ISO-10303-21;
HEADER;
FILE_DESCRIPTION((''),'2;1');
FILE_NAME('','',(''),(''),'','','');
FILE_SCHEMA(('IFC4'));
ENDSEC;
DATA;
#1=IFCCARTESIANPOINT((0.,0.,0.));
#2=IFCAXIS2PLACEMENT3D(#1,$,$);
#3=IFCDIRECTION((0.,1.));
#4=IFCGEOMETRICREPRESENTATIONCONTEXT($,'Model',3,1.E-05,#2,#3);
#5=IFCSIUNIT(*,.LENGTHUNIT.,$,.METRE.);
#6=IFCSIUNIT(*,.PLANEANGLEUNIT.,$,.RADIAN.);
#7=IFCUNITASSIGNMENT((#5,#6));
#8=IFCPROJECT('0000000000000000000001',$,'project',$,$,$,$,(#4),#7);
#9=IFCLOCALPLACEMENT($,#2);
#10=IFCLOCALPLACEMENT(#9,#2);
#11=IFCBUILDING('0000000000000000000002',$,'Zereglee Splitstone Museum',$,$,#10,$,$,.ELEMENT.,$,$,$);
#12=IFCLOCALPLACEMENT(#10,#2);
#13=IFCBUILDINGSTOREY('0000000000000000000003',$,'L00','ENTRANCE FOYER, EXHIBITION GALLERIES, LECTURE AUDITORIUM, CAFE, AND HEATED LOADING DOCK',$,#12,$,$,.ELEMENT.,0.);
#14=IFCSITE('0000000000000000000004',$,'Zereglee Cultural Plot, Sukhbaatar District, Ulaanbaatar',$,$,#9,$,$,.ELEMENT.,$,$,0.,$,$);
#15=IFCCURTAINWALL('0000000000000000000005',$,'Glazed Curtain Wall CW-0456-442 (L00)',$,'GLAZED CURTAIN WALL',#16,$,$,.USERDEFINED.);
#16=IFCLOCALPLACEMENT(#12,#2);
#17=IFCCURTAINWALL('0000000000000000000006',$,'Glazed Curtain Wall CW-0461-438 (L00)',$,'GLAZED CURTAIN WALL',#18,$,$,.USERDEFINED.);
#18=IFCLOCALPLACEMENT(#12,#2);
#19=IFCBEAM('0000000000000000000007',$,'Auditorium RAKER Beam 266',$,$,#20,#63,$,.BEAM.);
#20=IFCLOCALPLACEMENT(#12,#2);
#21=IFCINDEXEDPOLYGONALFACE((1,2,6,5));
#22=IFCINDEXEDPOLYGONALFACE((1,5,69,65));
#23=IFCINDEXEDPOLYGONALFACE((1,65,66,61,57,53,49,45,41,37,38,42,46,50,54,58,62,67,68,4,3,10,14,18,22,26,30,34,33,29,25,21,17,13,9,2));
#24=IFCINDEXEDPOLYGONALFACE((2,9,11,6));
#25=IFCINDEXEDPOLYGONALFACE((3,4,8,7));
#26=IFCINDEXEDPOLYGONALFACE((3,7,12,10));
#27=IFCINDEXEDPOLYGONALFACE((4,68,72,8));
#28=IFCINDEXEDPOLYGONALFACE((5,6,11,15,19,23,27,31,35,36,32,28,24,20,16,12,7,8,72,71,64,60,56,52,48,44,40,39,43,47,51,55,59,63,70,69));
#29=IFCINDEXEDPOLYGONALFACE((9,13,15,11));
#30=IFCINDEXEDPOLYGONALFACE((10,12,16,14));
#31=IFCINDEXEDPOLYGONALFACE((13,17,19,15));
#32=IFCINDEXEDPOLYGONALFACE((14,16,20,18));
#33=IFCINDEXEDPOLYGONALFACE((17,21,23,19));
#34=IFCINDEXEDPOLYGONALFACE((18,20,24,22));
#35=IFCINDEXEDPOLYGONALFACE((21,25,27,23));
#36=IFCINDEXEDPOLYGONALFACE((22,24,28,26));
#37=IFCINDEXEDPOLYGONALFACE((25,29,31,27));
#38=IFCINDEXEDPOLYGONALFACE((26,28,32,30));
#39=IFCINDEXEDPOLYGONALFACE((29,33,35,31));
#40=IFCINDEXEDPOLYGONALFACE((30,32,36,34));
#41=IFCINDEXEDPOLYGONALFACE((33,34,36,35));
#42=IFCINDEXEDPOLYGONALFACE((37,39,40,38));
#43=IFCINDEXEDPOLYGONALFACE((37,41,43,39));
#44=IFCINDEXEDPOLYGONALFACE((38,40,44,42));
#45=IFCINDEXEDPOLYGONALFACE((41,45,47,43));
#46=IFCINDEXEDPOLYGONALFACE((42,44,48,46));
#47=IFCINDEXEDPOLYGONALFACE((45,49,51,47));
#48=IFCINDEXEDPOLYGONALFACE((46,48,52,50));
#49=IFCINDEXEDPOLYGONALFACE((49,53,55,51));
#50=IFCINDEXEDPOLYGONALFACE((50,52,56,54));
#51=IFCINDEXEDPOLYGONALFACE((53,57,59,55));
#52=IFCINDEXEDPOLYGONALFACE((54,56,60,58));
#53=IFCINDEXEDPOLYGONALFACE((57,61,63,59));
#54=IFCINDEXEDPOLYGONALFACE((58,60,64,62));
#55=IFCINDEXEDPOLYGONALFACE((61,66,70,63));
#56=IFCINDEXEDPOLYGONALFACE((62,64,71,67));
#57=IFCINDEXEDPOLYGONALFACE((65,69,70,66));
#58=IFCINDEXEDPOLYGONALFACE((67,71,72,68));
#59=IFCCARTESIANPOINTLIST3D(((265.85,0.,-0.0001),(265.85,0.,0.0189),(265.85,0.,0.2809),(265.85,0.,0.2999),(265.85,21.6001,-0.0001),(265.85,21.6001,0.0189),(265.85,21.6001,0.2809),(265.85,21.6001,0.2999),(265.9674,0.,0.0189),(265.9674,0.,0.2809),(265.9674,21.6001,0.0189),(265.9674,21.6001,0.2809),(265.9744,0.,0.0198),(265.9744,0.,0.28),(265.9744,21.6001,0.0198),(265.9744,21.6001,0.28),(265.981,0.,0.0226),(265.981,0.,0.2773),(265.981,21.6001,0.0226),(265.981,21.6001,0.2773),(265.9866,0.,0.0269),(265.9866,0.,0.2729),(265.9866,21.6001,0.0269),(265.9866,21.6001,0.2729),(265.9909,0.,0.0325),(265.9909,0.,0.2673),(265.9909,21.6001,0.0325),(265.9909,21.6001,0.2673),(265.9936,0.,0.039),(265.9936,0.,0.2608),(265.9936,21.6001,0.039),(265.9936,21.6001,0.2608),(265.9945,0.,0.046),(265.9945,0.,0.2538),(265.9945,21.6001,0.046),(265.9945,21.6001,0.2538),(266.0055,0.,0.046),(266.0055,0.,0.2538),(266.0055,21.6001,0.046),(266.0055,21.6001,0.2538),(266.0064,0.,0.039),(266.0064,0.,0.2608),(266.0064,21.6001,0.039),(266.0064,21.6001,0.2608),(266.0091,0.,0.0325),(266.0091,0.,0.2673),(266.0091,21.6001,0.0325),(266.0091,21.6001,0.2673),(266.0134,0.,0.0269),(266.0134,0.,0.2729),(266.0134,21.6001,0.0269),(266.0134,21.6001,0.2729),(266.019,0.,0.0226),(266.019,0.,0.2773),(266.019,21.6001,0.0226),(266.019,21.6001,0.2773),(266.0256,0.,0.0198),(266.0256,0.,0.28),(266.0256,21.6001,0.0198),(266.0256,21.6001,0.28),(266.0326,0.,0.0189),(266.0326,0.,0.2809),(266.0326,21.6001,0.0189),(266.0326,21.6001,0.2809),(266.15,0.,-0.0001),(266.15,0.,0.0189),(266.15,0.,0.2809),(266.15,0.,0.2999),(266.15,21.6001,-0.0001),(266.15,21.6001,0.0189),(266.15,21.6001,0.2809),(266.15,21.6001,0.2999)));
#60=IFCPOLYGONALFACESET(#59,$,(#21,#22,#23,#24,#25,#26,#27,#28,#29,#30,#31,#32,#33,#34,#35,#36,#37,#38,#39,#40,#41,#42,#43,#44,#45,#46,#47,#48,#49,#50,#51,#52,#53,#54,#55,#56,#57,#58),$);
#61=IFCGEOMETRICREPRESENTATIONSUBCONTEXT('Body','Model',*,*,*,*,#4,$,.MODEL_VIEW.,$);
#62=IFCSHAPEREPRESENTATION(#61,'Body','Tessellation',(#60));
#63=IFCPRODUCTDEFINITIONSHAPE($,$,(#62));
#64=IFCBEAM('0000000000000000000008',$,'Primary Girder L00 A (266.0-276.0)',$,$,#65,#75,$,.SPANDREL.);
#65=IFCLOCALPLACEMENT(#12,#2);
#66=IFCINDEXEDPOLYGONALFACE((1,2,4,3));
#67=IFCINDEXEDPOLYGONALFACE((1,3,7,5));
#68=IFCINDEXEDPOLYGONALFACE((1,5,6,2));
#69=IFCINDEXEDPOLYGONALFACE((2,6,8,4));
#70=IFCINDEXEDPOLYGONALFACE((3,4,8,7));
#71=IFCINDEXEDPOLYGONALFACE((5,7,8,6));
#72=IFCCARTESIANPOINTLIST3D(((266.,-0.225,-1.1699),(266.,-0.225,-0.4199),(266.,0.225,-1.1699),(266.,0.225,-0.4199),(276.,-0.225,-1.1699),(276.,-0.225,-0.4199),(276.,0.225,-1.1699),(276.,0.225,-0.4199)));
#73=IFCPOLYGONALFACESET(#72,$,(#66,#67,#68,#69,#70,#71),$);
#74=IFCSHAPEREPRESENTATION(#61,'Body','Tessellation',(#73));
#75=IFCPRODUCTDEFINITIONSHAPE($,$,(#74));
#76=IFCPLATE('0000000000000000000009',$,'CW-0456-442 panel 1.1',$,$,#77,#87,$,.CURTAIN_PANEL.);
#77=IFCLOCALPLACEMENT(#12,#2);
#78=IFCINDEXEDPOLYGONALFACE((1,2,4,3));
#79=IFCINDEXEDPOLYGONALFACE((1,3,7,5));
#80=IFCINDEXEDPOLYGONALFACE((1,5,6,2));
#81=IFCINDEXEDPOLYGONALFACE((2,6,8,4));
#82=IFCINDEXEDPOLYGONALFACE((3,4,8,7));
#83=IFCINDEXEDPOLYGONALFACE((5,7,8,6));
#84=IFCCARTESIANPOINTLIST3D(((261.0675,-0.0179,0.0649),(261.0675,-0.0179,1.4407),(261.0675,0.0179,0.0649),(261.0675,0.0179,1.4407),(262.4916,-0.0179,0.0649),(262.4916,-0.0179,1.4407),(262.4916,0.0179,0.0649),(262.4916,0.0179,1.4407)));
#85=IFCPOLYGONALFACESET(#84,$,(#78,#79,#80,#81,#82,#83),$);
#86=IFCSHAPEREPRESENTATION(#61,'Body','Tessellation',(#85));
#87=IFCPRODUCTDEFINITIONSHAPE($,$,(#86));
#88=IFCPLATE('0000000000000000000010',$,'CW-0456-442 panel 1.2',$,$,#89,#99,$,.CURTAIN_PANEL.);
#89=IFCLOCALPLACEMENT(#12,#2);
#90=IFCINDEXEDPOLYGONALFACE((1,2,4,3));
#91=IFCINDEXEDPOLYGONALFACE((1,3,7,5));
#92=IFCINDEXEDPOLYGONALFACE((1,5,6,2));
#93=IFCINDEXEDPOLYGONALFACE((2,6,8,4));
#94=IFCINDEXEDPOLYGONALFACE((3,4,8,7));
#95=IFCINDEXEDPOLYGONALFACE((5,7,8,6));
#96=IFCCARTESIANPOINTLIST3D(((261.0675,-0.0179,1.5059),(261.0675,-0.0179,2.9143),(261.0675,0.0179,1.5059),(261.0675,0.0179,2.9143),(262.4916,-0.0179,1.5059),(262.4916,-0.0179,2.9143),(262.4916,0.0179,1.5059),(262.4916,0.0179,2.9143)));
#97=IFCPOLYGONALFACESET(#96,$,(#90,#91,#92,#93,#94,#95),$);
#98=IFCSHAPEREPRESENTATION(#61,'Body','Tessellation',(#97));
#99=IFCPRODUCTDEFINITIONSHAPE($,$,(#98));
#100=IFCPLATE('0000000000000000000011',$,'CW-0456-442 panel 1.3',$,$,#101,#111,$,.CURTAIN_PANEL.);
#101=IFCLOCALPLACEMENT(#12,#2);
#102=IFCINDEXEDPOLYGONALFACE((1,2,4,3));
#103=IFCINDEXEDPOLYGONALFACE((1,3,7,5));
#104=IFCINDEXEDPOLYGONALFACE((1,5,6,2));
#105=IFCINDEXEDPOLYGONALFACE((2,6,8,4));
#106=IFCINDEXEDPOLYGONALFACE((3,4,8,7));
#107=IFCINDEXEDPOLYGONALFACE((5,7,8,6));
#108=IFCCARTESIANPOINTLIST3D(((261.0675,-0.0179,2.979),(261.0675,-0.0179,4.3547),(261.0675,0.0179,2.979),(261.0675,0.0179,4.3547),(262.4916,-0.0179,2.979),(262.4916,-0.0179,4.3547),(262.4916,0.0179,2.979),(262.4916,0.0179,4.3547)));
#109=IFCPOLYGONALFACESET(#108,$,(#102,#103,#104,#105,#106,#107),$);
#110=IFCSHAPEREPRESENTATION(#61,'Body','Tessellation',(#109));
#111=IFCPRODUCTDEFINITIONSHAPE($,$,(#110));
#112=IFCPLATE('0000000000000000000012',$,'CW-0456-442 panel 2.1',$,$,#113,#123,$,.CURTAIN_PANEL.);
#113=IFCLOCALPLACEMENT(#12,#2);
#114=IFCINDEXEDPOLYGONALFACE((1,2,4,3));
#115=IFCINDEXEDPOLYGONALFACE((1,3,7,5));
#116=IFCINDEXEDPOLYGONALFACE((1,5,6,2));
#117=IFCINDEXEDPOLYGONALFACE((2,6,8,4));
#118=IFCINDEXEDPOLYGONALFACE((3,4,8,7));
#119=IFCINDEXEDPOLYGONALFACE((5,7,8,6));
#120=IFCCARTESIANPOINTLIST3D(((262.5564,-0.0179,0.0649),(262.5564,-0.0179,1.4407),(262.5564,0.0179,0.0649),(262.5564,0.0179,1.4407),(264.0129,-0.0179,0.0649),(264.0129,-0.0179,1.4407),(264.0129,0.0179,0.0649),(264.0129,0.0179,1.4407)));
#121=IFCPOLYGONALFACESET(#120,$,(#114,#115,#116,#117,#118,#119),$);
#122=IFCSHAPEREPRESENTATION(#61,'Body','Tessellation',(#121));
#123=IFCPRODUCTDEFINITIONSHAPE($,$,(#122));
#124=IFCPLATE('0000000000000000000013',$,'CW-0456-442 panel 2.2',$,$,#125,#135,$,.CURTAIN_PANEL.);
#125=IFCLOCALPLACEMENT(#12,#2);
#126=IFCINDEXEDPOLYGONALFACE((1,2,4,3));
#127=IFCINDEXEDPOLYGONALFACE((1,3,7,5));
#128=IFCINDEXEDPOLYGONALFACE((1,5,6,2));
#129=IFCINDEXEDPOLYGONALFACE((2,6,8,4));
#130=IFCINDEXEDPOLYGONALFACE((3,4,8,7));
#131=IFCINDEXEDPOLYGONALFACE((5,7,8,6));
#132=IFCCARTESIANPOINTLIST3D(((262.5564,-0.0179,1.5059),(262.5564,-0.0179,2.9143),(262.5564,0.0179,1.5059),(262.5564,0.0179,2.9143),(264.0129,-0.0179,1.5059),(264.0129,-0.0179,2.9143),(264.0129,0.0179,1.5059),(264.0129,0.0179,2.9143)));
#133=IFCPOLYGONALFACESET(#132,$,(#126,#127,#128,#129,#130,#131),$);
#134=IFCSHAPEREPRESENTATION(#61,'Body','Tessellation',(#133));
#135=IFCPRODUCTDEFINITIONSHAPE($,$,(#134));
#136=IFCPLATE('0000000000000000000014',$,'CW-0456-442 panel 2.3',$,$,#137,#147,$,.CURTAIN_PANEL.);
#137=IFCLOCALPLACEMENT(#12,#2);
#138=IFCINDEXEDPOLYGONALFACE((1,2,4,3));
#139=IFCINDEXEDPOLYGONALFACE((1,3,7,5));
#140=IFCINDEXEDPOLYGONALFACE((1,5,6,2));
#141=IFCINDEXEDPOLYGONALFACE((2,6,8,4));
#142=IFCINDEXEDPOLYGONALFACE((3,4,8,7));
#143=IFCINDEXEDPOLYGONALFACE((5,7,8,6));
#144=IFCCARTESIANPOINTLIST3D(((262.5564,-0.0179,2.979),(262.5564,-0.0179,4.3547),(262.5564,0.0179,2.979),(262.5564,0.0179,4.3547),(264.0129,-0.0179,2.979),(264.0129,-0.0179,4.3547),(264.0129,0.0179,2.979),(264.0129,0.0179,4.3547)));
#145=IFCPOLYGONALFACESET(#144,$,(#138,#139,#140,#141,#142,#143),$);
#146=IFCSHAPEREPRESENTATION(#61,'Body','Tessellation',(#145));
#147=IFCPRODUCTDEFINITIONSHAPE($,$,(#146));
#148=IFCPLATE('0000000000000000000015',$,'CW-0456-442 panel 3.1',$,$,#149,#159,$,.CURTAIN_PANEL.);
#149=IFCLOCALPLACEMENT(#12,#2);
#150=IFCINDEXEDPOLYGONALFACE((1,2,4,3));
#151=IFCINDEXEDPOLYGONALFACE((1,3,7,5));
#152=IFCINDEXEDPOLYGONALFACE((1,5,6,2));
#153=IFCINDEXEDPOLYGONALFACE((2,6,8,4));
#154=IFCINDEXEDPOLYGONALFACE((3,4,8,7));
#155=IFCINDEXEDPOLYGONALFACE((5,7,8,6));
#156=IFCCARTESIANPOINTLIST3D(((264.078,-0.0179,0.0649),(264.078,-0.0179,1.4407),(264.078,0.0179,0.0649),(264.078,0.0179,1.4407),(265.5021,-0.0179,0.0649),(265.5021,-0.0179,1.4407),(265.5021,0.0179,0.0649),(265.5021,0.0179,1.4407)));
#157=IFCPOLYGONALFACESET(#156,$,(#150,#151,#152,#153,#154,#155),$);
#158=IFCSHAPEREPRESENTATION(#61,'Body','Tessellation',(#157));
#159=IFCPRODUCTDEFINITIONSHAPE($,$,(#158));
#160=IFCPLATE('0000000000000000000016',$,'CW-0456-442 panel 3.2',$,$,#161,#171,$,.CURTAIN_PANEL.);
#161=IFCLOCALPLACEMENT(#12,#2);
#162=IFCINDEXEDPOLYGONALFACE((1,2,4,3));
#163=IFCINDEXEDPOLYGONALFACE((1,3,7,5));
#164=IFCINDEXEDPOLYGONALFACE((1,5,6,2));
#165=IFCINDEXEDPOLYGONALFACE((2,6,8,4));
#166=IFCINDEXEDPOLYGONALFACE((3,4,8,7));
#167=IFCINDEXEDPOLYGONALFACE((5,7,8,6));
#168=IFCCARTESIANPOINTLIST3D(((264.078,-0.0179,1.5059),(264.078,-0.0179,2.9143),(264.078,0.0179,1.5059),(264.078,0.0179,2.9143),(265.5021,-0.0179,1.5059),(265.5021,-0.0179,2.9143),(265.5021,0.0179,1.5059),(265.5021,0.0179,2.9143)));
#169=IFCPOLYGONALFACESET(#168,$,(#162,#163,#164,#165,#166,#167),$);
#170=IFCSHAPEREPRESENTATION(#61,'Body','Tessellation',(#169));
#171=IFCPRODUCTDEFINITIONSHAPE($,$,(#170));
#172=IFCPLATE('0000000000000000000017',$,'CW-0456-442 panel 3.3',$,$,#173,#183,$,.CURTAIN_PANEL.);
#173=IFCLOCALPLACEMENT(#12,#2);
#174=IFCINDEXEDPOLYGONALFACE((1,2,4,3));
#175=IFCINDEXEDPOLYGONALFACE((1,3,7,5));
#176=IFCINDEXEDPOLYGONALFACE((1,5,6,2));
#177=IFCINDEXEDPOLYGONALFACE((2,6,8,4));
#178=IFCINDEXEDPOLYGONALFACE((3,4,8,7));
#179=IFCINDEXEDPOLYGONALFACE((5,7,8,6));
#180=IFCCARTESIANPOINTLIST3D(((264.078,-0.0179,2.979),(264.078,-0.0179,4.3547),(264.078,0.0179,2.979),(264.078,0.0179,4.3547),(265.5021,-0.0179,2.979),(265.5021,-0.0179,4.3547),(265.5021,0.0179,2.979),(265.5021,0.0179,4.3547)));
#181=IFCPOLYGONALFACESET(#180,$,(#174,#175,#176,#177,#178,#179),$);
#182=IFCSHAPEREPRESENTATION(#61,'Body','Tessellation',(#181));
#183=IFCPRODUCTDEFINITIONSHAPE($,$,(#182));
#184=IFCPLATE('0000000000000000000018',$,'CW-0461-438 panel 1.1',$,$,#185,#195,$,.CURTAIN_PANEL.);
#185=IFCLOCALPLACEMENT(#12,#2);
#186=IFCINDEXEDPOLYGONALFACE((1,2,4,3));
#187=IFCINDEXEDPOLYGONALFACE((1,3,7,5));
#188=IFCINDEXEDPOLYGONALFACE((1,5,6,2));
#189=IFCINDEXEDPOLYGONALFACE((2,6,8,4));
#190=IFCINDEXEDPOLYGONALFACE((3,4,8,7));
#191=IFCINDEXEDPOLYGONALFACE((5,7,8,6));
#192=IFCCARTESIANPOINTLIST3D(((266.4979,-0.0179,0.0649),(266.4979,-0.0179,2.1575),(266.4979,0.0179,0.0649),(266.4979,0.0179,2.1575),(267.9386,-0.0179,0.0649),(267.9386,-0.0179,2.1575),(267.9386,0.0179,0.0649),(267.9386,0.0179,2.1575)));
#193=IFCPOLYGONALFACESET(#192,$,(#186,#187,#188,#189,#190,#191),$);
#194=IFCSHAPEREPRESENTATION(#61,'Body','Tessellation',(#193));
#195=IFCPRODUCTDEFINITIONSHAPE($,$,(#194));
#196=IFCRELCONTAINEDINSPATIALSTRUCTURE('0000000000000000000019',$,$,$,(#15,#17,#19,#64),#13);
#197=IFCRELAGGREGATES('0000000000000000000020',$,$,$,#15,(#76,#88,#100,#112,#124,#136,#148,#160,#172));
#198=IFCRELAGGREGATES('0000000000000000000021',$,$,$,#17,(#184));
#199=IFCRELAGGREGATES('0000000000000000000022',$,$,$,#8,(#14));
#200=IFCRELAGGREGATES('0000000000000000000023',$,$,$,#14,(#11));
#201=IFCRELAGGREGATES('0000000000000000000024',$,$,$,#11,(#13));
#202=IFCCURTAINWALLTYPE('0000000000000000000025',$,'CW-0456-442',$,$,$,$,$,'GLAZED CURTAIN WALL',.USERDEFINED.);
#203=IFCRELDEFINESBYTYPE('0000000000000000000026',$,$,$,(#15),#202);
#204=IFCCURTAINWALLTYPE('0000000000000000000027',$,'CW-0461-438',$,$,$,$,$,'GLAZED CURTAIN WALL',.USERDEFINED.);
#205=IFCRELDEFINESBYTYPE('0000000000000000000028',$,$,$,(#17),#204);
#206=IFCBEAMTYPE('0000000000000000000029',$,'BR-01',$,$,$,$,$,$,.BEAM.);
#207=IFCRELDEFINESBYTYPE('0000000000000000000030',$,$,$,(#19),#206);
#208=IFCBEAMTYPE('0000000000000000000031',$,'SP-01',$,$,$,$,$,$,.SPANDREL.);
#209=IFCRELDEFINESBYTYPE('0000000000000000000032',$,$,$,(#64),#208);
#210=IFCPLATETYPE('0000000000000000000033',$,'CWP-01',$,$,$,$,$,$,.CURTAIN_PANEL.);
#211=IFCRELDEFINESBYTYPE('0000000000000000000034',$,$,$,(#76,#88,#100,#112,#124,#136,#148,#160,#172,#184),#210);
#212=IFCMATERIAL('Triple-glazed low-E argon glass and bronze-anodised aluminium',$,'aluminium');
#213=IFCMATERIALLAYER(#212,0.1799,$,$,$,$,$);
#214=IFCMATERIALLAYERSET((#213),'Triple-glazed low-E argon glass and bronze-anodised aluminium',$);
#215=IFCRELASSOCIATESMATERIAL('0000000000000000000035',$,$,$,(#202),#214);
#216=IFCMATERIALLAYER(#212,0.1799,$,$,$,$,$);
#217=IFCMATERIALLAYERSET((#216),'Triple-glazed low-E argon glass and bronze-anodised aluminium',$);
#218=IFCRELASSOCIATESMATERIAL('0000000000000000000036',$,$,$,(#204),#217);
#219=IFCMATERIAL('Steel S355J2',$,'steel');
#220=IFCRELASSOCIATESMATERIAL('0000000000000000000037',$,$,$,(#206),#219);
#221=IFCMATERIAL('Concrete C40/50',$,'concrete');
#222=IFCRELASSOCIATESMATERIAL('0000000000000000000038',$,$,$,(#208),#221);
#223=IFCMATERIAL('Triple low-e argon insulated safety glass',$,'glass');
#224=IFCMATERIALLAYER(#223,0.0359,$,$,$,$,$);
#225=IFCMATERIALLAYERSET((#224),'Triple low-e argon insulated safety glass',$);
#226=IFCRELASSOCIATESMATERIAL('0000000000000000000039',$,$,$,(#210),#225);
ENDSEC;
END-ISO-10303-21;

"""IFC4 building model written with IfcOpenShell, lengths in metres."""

from ifc_helpers import new_model, si_unit, direction, frame, origin, origin_2d, place, context, subcontext, project, spatial, rectangle, i_section, extrude, material, layer, layer_set, material_profile, profile_set, type_object, element, aggregate, save


model = new_model("IFC4")

# Units and contexts
model_context = context("Model", 3, precision=1e-05, world=origin(), true_north=direction((0.0, 1.0)))
body_context = subcontext(model_context, "Body", "Model", "MODEL_VIEW")
ifc_project = project(units=[si_unit("LENGTHUNIT", "METRE"), si_unit("PLANEANGLEUNIT", "RADIAN")], contexts=[model_context])

# Site, building, storey
site_placement = place(None, origin())
site = spatial("IfcSite", under=ifc_project, at=site_placement, Name="Zereglee Cultural Plot, Sukhbaatar District, Ulaanbaatar", CompositionType="ELEMENT", RefElevation=0.0)
building_placement = place(site_placement, origin())
building = spatial("IfcBuilding", under=site, at=building_placement, Name="Zereglee Splitstone Museum", CompositionType="ELEMENT")
storey_placement = place(building_placement, origin())
storey = spatial("IfcBuildingStorey", under=building, at=storey_placement, Name="L00", Description="ENTRANCE FOYER, EXHIBITION GALLERIES, LECTURE AUDITORIUM, CAFE, AND HEATED LOADING DOCK", CompositionType="ELEMENT", Elevation=0.0)

# Curtain walls
ifc_material_1 = material(Name="Triple-glazed low-E argon glass and bronze-anodised aluminium", Category="aluminium")
ifc_layer_1 = layer(ifc_material_1, 0.1799)
ifc_layer_set_1 = layer_set([ifc_layer_1], Name="Triple-glazed low-E argon glass and bronze-anodised aluminium")
curtain_wall_type_1 = type_object("IfcCurtainWallType", Name="CW-0456-442", ElementType="GLAZED CURTAIN WALL", PredefinedType="USERDEFINED", material=ifc_layer_set_1)
curtain_wall_1_placement = place(storey_placement, origin())
curtain_wall_1 = element("IfcCurtainWall", 1, at=curtain_wall_1_placement, inside=storey, type_object=curtain_wall_type_1, Name="Glazed Curtain Wall CW-0456-442 (L00)", ObjectType="GLAZED CURTAIN WALL", PredefinedType="USERDEFINED")
ifc_layer_2 = layer(ifc_material_1, 0.1799)
ifc_layer_set_2 = layer_set([ifc_layer_2], Name="Triple-glazed low-E argon glass and bronze-anodised aluminium")
curtain_wall_type_2 = type_object("IfcCurtainWallType", Name="CW-0461-438", ElementType="GLAZED CURTAIN WALL", PredefinedType="USERDEFINED", material=ifc_layer_set_2)
curtain_wall_2_placement = place(storey_placement, origin())
curtain_wall_2 = element("IfcCurtainWall", 2, at=curtain_wall_2_placement, inside=storey, type_object=curtain_wall_type_2, Name="Glazed Curtain Wall CW-0461-438 (L00)", ObjectType="GLAZED CURTAIN WALL", PredefinedType="USERDEFINED")

# Beams
ifc_material_2 = material(Name="Steel S355J2", Category="steel")
ifc_material_profile_1 = material_profile(ifc_material_2, i_section(OverallWidth=0.3, OverallDepth=0.3, WebThickness=0.011, FlangeThickness=0.019, FilletRadius=0.0271, at=origin_2d()), Name="HE 300 B")
ifc_profile_set_1 = profile_set([ifc_material_profile_1], Name="Steel S355J2")
beam_type_1 = type_object("IfcBeamType", Name="BR-01", PredefinedType="BEAM", material=ifc_profile_set_1)
beam_1_placement = place(storey_placement, frame((266.0, 0.0, 0.1499), z_axis=(0.0, 1.0, 0.0), x_axis=(-1.0, 0.0, 0.0)))
element("IfcBeam", 3, at=beam_1_placement, inside=storey, type_object=beam_type_1, Name="Auditorium RAKER Beam 266", PredefinedType="BEAM", context=body_context, shape_type="SweptSolid", body=[
    extrude(i_section(OverallWidth=0.3, OverallDepth=0.3, WebThickness=0.011, FlangeThickness=0.019, FilletRadius=0.0271, at=origin_2d()), origin(), (0.0, 0.0, 1.0), 21.6001),
])
ifc_material_3 = material(Name="Concrete C40/50", Category="concrete")
ifc_material_profile_2 = material_profile(ifc_material_3, rectangle(XDim=0.45, YDim=0.75, at=origin_2d()), Name="RC 450x750")
ifc_profile_set_2 = profile_set([ifc_material_profile_2], Name="Concrete C40/50")
beam_type_2 = type_object("IfcBeamType", Name="SP-01", PredefinedType="SPANDREL", material=ifc_profile_set_2)
beam_2_placement = place(storey_placement, frame((266.0, 0.0, -0.7949), z_axis=(1.0, 0.0, 0.0), x_axis=(0.0, 1.0, 0.0)))
element("IfcBeam", 4, at=beam_2_placement, inside=storey, type_object=beam_type_2, Name="Primary Girder L00 A (266.0-276.0)", PredefinedType="SPANDREL", context=body_context, shape_type="SweptSolid", body=[
    extrude(rectangle(XDim=0.45, YDim=0.75, at=origin_2d()), origin(), (0.0, 0.0, 1.0), 10.0),
])

# Plates
ifc_material_4 = material(Name="Triple low-e argon insulated safety glass", Category="glass")
ifc_layer_3 = layer(ifc_material_4, 0.0359)
ifc_layer_set_3 = layer_set([ifc_layer_3], Name="Triple low-e argon insulated safety glass")
plate_type = type_object("IfcPlateType", Name="CWP-01", PredefinedType="CURTAIN_PANEL", material=ifc_layer_set_3)
plate_1_placement = place(storey_placement, frame((261.7795, 0.0, 0.0649), z_axis=(0.0, 0.0, 1.0), x_axis=(1.0, 0.0, 0.0)))
plate_1 = element("IfcPlate", 5, at=plate_1_placement, type_object=plate_type, Name="CW-0456-442 panel 1.1", PredefinedType="CURTAIN_PANEL", context=body_context, shape_type="SweptSolid", body=[
    extrude(rectangle(XDim=1.4241, YDim=0.0359, at=origin_2d()), origin(), (0.0, 0.0, 1.0), 1.3757),
])
plate_2_placement = place(storey_placement, frame((261.7795, 0.0, 1.5059), z_axis=(0.0, 0.0, 1.0), x_axis=(1.0, 0.0, 0.0)))
plate_2 = element("IfcPlate", 6, at=plate_2_placement, type_object=plate_type, Name="CW-0456-442 panel 1.2", PredefinedType="CURTAIN_PANEL", context=body_context, shape_type="SweptSolid", body=[
    extrude(rectangle(XDim=1.4241, YDim=0.0359, at=origin_2d()), origin(), (0.0, 0.0, 1.0), 1.4084),
])
plate_3_placement = place(storey_placement, frame((261.7795, 0.0, 2.979), z_axis=(0.0, 0.0, 1.0), x_axis=(1.0, 0.0, 0.0)))
plate_3 = element("IfcPlate", 7, at=plate_3_placement, type_object=plate_type, Name="CW-0456-442 panel 1.3", PredefinedType="CURTAIN_PANEL", context=body_context, shape_type="SweptSolid", body=[
    extrude(rectangle(XDim=1.4241, YDim=0.0359, at=origin_2d()), origin(), (0.0, 0.0, 1.0), 1.3757),
])
plate_4_placement = place(storey_placement, frame((263.2847, 0.0, 0.0649), z_axis=(0.0, 0.0, 1.0), x_axis=(1.0, 0.0, 0.0)))
plate_4 = element("IfcPlate", 8, at=plate_4_placement, type_object=plate_type, Name="CW-0456-442 panel 2.1", PredefinedType="CURTAIN_PANEL", context=body_context, shape_type="SweptSolid", body=[
    extrude(rectangle(XDim=1.4565, YDim=0.0359, at=origin_2d()), origin(), (0.0, 0.0, 1.0), 1.3757),
])
plate_5_placement = place(storey_placement, frame((263.2847, 0.0, 1.5059), z_axis=(0.0, 0.0, 1.0), x_axis=(1.0, 0.0, 0.0)))
plate_5 = element("IfcPlate", 9, at=plate_5_placement, type_object=plate_type, Name="CW-0456-442 panel 2.2", PredefinedType="CURTAIN_PANEL", context=body_context, shape_type="SweptSolid", body=[
    extrude(rectangle(XDim=1.4565, YDim=0.0359, at=origin_2d()), origin(), (0.0, 0.0, 1.0), 1.4084),
])
plate_6_placement = place(storey_placement, frame((263.2847, 0.0, 2.979), z_axis=(0.0, 0.0, 1.0), x_axis=(1.0, 0.0, 0.0)))
plate_6 = element("IfcPlate", 10, at=plate_6_placement, type_object=plate_type, Name="CW-0456-442 panel 2.3", PredefinedType="CURTAIN_PANEL", context=body_context, shape_type="SweptSolid", body=[
    extrude(rectangle(XDim=1.4565, YDim=0.0359, at=origin_2d()), origin(), (0.0, 0.0, 1.0), 1.3757),
])
plate_7_placement = place(storey_placement, frame((264.79, 0.0, 0.0649), z_axis=(0.0, 0.0, 1.0), x_axis=(1.0, 0.0, 0.0)))
plate_7 = element("IfcPlate", 11, at=plate_7_placement, type_object=plate_type, Name="CW-0456-442 panel 3.1", PredefinedType="CURTAIN_PANEL", context=body_context, shape_type="SweptSolid", body=[
    extrude(rectangle(XDim=1.4241, YDim=0.0359, at=origin_2d()), origin(), (0.0, 0.0, 1.0), 1.3757),
])
plate_8_placement = place(storey_placement, frame((264.79, 0.0, 1.5059), z_axis=(0.0, 0.0, 1.0), x_axis=(1.0, 0.0, 0.0)))
plate_8 = element("IfcPlate", 12, at=plate_8_placement, type_object=plate_type, Name="CW-0456-442 panel 3.2", PredefinedType="CURTAIN_PANEL", context=body_context, shape_type="SweptSolid", body=[
    extrude(rectangle(XDim=1.4241, YDim=0.0359, at=origin_2d()), origin(), (0.0, 0.0, 1.0), 1.4084),
])
plate_9_placement = place(storey_placement, frame((264.79, 0.0, 2.979), z_axis=(0.0, 0.0, 1.0), x_axis=(1.0, 0.0, 0.0)))
plate_9 = element("IfcPlate", 13, at=plate_9_placement, type_object=plate_type, Name="CW-0456-442 panel 3.3", PredefinedType="CURTAIN_PANEL", context=body_context, shape_type="SweptSolid", body=[
    extrude(rectangle(XDim=1.4241, YDim=0.0359, at=origin_2d()), origin(), (0.0, 0.0, 1.0), 1.3757),
])
aggregate(curtain_wall_1, [plate_1, plate_2, plate_3, plate_4, plate_5, plate_6, plate_7, plate_8, plate_9])
plate_10_placement = place(storey_placement, frame((267.2183, 0.0, 0.0649), z_axis=(0.0, 0.0, 1.0), x_axis=(1.0, 0.0, 0.0)))
plate_10 = element("IfcPlate", 14, at=plate_10_placement, type_object=plate_type, Name="CW-0461-438 panel 1.1", PredefinedType="CURTAIN_PANEL", context=body_context, shape_type="SweptSolid", body=[
    extrude(rectangle(XDim=1.4407, YDim=0.0359, at=origin_2d()), origin(), (0.0, 0.0, 1.0), 2.0925),
])
aggregate(curtain_wall_2, [plate_10])

save(model, "model.ifc")
